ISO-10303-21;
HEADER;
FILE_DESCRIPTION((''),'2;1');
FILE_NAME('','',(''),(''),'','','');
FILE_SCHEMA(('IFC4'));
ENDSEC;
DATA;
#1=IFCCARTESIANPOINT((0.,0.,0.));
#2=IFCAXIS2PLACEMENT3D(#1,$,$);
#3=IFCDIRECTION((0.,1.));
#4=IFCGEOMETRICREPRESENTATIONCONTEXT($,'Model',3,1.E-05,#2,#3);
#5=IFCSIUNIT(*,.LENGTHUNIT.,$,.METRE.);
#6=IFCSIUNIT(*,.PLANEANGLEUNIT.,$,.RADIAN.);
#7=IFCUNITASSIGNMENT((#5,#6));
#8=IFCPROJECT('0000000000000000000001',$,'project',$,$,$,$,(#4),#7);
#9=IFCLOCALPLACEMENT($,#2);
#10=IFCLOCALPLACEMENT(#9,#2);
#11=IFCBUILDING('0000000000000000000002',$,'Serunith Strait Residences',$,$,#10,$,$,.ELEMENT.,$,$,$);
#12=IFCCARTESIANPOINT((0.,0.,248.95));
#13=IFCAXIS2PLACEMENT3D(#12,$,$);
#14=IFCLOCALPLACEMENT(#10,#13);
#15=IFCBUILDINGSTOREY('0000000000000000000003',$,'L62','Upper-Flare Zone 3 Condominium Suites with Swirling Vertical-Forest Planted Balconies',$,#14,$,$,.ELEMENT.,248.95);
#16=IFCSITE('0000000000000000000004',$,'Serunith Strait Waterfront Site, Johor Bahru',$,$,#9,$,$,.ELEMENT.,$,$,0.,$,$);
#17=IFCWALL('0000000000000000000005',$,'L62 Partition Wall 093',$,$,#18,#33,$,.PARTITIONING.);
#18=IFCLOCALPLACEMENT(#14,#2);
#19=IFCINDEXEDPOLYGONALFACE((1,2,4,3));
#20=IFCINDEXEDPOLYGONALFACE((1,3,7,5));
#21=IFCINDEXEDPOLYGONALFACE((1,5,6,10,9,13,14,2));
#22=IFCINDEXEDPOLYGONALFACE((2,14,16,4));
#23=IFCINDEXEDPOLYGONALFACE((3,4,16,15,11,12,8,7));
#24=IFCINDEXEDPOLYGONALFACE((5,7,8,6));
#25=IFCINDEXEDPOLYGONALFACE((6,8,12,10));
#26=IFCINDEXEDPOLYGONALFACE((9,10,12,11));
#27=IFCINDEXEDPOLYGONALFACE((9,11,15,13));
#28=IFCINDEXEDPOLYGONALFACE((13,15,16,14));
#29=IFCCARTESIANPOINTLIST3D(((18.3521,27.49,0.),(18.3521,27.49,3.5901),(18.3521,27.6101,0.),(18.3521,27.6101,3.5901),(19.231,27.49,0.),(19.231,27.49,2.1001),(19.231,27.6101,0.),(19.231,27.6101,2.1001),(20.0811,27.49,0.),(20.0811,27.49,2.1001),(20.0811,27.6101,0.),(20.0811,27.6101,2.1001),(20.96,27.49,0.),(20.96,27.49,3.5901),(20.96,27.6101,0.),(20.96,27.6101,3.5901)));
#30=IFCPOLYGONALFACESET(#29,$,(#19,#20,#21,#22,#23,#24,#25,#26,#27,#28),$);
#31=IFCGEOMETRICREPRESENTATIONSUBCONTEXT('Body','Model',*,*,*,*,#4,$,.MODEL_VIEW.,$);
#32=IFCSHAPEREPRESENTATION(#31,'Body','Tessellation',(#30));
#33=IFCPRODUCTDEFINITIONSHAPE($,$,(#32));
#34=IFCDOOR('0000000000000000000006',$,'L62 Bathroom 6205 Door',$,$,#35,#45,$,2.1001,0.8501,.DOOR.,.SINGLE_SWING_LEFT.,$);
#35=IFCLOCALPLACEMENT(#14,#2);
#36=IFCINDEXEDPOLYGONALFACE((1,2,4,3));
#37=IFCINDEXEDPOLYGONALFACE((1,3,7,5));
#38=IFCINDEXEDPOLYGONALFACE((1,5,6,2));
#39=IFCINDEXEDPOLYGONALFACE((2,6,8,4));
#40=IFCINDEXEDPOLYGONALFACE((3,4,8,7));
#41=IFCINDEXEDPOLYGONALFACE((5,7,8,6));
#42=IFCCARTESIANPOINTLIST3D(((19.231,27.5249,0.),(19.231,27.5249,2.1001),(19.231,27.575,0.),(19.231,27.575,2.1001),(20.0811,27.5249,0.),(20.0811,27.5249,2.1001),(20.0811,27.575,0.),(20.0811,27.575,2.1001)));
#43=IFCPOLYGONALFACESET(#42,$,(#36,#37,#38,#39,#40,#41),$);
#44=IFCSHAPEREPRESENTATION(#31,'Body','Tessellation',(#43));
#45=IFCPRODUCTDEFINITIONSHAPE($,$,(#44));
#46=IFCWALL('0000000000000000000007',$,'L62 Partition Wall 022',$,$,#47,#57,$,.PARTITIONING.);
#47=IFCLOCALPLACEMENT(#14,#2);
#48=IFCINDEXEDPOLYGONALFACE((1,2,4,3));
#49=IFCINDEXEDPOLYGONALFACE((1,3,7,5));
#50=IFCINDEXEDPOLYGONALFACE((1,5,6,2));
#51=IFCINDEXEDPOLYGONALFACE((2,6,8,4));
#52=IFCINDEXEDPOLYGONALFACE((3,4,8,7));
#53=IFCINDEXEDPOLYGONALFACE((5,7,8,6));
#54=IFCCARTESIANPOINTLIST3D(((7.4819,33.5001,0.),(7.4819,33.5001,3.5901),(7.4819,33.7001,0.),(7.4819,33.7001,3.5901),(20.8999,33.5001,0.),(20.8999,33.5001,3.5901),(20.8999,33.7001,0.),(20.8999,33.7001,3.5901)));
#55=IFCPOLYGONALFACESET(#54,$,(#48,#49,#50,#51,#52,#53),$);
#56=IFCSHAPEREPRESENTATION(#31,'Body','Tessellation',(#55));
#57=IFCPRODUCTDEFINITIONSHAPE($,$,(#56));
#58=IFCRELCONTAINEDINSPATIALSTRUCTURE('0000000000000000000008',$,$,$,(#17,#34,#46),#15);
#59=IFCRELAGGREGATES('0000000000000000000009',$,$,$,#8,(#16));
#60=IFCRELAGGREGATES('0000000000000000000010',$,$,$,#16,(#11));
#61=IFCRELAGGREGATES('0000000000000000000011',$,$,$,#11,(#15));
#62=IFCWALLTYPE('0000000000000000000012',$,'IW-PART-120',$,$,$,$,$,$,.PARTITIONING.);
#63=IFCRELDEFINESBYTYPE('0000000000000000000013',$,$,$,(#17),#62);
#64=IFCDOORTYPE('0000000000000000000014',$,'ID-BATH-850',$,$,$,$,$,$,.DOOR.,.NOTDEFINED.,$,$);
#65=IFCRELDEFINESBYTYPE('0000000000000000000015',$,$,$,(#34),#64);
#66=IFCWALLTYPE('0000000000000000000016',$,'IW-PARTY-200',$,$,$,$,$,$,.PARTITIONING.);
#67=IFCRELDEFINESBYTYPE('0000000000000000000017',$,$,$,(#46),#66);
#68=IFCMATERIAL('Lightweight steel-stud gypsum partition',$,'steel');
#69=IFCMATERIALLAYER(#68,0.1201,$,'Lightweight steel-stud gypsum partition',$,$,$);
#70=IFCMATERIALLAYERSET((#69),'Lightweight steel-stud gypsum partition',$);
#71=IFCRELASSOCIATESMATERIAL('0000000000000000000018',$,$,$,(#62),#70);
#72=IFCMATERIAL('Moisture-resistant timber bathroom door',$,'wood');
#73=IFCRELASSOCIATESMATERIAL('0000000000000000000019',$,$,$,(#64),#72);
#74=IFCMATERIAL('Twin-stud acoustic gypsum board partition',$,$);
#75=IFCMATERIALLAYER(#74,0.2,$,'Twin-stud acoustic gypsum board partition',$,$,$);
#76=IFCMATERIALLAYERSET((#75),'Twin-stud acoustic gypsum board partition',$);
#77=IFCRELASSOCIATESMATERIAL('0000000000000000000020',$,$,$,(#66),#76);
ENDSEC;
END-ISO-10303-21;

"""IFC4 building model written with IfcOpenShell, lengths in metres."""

from ifc_helpers import new_model, si_unit, direction, frame, frame_2d, origin, place, context, subcontext, project, spatial, rectangle, extrude, source, transform, mapped, material, layer, layer_set, type_object, element, fill, save


model = new_model("IFC4")

# Units and contexts
model_context = context("Model", 3, precision=1e-05, world=origin(), true_north=direction((0.0, 1.0)))
body_context = subcontext(model_context, "Body", "Model", "MODEL_VIEW")
ifc_project = project(units=[si_unit("LENGTHUNIT", "METRE"), si_unit("PLANEANGLEUNIT", "RADIAN")], contexts=[model_context])

# Site, building, storey
site_placement = place(None, origin())
site = spatial("IfcSite", under=ifc_project, at=site_placement, Name="Serunith Strait Waterfront Site, Johor Bahru", CompositionType="ELEMENT", RefElevation=0.0)
building_placement = place(site_placement, origin())
building = spatial("IfcBuilding", under=site, at=building_placement, Name="Serunith Strait Residences", CompositionType="ELEMENT")
storey_placement = place(building_placement, frame((0.0, 0.0, 248.95)))
storey = spatial("IfcBuildingStorey", under=building, at=storey_placement, Name="L62", Description="Upper-Flare Zone 3 Condominium Suites with Swirling Vertical-Forest Planted Balconies", CompositionType="ELEMENT", Elevation=248.95)

# Shared definitions
ifc_material_1 = material(Name="Lightweight steel-stud gypsum partition", Category="steel")
ifc_layer_1 = layer(ifc_material_1, 0.1201, Name="Lightweight steel-stud gypsum partition")
ifc_layer_set_1 = layer_set([ifc_layer_1], Name="Lightweight steel-stud gypsum partition")
wall_type_1 = type_object("IfcWallType", Name="IW-PART-120", PredefinedType="PARTITIONING", material=ifc_layer_set_1)
ifc_material_2 = material(Name="Moisture-resistant timber bathroom door", Category="wood")
door_type_1 = type_object("IfcDoorType", Name="ID-BATH-850", OperationType="NOTDEFINED", PredefinedType="DOOR", material=ifc_material_2)
shared_shape_1 = source(origin(), body_context, "Body", "SweptSolid", [
    extrude(rectangle(XDim=0.8501, YDim=2.1001, at=frame_2d((0.425, 1.05))), frame((0.0, 0.0249, 0.0), z_axis=(0.0, -1.0, 0.0), x_axis=(1.0, 0.0, 0.0)), (0.0, 0.0, 1.0), 0.05),
])

# Wall, opening, door
wall_1_placement = place(storey_placement, frame((18.3521, 27.55, 0.0), z_axis=(0.0, 0.0, 1.0), x_axis=(1.0, 0.0, 0.0)))
wall_1 = element("IfcWall", 1, at=wall_1_placement, inside=storey, type_object=wall_type_1, Name="L62 Partition Wall 093", PredefinedType="PARTITIONING", context=body_context, shape_type="SweptSolid", body=[
    extrude(rectangle(XDim=2.6079, YDim=0.1201, at=frame_2d((1.304, 0.0))), origin(), (0.0, 0.0, 1.0), 3.5901),
])
opening_1_placement = place(wall_1_placement, frame((0.8789, 0.0, 0.0)))
opening_1 = element("IfcOpeningElement", 2, at=opening_1_placement, cuts=wall_1, PredefinedType="OPENING", context=body_context, shape_type="SweptSolid", body=[
    extrude(rectangle(XDim=0.8501, YDim=2.1001, at=frame_2d((0.425, 1.05))), frame((0.0, 0.0701, 0.0), z_axis=(0.0, -1.0, 0.0), x_axis=(1.0, 0.0, 0.0)), (0.0, 0.0, 1.0), 0.1401),
])
door_1_placement = place(opening_1_placement, origin())
door_1 = element("IfcDoor", 3, at=door_1_placement, inside=storey, type_object=door_type_1, Name="L62 Bathroom 6205 Door", OperationType="SINGLE_SWING_LEFT", OverallHeight=2.1001, OverallWidth=0.8501, PredefinedType="DOOR", context=body_context, shape_type="MappedRepresentation", body=[
    mapped(shared_shape_1, transform((0.0, 0.0, 0.0), scale=1.0)),
])
fill(opening_1, door_1)

# Wall
ifc_material_3 = material(Name="Twin-stud acoustic gypsum board partition")
ifc_layer_2 = layer(ifc_material_3, 0.2, Name="Twin-stud acoustic gypsum board partition")
ifc_layer_set_2 = layer_set([ifc_layer_2], Name="Twin-stud acoustic gypsum board partition")
wall_type_2 = type_object("IfcWallType", Name="IW-PARTY-200", PredefinedType="PARTITIONING", material=ifc_layer_set_2)
wall_2_placement = place(storey_placement, frame((7.4819, 33.6001, 0.0), z_axis=(0.0, 0.0, 1.0), x_axis=(1.0, 0.0, 0.0)))
element("IfcWall", 4, at=wall_2_placement, inside=storey, type_object=wall_type_2, Name="L62 Partition Wall 022", PredefinedType="PARTITIONING", context=body_context, shape_type="SweptSolid", body=[
    extrude(rectangle(XDim=13.418, YDim=0.2, at=frame_2d((6.709, 0.0))), origin(), (0.0, 0.0, 1.0), 3.5901),
])

save(model, "model.ifc")
